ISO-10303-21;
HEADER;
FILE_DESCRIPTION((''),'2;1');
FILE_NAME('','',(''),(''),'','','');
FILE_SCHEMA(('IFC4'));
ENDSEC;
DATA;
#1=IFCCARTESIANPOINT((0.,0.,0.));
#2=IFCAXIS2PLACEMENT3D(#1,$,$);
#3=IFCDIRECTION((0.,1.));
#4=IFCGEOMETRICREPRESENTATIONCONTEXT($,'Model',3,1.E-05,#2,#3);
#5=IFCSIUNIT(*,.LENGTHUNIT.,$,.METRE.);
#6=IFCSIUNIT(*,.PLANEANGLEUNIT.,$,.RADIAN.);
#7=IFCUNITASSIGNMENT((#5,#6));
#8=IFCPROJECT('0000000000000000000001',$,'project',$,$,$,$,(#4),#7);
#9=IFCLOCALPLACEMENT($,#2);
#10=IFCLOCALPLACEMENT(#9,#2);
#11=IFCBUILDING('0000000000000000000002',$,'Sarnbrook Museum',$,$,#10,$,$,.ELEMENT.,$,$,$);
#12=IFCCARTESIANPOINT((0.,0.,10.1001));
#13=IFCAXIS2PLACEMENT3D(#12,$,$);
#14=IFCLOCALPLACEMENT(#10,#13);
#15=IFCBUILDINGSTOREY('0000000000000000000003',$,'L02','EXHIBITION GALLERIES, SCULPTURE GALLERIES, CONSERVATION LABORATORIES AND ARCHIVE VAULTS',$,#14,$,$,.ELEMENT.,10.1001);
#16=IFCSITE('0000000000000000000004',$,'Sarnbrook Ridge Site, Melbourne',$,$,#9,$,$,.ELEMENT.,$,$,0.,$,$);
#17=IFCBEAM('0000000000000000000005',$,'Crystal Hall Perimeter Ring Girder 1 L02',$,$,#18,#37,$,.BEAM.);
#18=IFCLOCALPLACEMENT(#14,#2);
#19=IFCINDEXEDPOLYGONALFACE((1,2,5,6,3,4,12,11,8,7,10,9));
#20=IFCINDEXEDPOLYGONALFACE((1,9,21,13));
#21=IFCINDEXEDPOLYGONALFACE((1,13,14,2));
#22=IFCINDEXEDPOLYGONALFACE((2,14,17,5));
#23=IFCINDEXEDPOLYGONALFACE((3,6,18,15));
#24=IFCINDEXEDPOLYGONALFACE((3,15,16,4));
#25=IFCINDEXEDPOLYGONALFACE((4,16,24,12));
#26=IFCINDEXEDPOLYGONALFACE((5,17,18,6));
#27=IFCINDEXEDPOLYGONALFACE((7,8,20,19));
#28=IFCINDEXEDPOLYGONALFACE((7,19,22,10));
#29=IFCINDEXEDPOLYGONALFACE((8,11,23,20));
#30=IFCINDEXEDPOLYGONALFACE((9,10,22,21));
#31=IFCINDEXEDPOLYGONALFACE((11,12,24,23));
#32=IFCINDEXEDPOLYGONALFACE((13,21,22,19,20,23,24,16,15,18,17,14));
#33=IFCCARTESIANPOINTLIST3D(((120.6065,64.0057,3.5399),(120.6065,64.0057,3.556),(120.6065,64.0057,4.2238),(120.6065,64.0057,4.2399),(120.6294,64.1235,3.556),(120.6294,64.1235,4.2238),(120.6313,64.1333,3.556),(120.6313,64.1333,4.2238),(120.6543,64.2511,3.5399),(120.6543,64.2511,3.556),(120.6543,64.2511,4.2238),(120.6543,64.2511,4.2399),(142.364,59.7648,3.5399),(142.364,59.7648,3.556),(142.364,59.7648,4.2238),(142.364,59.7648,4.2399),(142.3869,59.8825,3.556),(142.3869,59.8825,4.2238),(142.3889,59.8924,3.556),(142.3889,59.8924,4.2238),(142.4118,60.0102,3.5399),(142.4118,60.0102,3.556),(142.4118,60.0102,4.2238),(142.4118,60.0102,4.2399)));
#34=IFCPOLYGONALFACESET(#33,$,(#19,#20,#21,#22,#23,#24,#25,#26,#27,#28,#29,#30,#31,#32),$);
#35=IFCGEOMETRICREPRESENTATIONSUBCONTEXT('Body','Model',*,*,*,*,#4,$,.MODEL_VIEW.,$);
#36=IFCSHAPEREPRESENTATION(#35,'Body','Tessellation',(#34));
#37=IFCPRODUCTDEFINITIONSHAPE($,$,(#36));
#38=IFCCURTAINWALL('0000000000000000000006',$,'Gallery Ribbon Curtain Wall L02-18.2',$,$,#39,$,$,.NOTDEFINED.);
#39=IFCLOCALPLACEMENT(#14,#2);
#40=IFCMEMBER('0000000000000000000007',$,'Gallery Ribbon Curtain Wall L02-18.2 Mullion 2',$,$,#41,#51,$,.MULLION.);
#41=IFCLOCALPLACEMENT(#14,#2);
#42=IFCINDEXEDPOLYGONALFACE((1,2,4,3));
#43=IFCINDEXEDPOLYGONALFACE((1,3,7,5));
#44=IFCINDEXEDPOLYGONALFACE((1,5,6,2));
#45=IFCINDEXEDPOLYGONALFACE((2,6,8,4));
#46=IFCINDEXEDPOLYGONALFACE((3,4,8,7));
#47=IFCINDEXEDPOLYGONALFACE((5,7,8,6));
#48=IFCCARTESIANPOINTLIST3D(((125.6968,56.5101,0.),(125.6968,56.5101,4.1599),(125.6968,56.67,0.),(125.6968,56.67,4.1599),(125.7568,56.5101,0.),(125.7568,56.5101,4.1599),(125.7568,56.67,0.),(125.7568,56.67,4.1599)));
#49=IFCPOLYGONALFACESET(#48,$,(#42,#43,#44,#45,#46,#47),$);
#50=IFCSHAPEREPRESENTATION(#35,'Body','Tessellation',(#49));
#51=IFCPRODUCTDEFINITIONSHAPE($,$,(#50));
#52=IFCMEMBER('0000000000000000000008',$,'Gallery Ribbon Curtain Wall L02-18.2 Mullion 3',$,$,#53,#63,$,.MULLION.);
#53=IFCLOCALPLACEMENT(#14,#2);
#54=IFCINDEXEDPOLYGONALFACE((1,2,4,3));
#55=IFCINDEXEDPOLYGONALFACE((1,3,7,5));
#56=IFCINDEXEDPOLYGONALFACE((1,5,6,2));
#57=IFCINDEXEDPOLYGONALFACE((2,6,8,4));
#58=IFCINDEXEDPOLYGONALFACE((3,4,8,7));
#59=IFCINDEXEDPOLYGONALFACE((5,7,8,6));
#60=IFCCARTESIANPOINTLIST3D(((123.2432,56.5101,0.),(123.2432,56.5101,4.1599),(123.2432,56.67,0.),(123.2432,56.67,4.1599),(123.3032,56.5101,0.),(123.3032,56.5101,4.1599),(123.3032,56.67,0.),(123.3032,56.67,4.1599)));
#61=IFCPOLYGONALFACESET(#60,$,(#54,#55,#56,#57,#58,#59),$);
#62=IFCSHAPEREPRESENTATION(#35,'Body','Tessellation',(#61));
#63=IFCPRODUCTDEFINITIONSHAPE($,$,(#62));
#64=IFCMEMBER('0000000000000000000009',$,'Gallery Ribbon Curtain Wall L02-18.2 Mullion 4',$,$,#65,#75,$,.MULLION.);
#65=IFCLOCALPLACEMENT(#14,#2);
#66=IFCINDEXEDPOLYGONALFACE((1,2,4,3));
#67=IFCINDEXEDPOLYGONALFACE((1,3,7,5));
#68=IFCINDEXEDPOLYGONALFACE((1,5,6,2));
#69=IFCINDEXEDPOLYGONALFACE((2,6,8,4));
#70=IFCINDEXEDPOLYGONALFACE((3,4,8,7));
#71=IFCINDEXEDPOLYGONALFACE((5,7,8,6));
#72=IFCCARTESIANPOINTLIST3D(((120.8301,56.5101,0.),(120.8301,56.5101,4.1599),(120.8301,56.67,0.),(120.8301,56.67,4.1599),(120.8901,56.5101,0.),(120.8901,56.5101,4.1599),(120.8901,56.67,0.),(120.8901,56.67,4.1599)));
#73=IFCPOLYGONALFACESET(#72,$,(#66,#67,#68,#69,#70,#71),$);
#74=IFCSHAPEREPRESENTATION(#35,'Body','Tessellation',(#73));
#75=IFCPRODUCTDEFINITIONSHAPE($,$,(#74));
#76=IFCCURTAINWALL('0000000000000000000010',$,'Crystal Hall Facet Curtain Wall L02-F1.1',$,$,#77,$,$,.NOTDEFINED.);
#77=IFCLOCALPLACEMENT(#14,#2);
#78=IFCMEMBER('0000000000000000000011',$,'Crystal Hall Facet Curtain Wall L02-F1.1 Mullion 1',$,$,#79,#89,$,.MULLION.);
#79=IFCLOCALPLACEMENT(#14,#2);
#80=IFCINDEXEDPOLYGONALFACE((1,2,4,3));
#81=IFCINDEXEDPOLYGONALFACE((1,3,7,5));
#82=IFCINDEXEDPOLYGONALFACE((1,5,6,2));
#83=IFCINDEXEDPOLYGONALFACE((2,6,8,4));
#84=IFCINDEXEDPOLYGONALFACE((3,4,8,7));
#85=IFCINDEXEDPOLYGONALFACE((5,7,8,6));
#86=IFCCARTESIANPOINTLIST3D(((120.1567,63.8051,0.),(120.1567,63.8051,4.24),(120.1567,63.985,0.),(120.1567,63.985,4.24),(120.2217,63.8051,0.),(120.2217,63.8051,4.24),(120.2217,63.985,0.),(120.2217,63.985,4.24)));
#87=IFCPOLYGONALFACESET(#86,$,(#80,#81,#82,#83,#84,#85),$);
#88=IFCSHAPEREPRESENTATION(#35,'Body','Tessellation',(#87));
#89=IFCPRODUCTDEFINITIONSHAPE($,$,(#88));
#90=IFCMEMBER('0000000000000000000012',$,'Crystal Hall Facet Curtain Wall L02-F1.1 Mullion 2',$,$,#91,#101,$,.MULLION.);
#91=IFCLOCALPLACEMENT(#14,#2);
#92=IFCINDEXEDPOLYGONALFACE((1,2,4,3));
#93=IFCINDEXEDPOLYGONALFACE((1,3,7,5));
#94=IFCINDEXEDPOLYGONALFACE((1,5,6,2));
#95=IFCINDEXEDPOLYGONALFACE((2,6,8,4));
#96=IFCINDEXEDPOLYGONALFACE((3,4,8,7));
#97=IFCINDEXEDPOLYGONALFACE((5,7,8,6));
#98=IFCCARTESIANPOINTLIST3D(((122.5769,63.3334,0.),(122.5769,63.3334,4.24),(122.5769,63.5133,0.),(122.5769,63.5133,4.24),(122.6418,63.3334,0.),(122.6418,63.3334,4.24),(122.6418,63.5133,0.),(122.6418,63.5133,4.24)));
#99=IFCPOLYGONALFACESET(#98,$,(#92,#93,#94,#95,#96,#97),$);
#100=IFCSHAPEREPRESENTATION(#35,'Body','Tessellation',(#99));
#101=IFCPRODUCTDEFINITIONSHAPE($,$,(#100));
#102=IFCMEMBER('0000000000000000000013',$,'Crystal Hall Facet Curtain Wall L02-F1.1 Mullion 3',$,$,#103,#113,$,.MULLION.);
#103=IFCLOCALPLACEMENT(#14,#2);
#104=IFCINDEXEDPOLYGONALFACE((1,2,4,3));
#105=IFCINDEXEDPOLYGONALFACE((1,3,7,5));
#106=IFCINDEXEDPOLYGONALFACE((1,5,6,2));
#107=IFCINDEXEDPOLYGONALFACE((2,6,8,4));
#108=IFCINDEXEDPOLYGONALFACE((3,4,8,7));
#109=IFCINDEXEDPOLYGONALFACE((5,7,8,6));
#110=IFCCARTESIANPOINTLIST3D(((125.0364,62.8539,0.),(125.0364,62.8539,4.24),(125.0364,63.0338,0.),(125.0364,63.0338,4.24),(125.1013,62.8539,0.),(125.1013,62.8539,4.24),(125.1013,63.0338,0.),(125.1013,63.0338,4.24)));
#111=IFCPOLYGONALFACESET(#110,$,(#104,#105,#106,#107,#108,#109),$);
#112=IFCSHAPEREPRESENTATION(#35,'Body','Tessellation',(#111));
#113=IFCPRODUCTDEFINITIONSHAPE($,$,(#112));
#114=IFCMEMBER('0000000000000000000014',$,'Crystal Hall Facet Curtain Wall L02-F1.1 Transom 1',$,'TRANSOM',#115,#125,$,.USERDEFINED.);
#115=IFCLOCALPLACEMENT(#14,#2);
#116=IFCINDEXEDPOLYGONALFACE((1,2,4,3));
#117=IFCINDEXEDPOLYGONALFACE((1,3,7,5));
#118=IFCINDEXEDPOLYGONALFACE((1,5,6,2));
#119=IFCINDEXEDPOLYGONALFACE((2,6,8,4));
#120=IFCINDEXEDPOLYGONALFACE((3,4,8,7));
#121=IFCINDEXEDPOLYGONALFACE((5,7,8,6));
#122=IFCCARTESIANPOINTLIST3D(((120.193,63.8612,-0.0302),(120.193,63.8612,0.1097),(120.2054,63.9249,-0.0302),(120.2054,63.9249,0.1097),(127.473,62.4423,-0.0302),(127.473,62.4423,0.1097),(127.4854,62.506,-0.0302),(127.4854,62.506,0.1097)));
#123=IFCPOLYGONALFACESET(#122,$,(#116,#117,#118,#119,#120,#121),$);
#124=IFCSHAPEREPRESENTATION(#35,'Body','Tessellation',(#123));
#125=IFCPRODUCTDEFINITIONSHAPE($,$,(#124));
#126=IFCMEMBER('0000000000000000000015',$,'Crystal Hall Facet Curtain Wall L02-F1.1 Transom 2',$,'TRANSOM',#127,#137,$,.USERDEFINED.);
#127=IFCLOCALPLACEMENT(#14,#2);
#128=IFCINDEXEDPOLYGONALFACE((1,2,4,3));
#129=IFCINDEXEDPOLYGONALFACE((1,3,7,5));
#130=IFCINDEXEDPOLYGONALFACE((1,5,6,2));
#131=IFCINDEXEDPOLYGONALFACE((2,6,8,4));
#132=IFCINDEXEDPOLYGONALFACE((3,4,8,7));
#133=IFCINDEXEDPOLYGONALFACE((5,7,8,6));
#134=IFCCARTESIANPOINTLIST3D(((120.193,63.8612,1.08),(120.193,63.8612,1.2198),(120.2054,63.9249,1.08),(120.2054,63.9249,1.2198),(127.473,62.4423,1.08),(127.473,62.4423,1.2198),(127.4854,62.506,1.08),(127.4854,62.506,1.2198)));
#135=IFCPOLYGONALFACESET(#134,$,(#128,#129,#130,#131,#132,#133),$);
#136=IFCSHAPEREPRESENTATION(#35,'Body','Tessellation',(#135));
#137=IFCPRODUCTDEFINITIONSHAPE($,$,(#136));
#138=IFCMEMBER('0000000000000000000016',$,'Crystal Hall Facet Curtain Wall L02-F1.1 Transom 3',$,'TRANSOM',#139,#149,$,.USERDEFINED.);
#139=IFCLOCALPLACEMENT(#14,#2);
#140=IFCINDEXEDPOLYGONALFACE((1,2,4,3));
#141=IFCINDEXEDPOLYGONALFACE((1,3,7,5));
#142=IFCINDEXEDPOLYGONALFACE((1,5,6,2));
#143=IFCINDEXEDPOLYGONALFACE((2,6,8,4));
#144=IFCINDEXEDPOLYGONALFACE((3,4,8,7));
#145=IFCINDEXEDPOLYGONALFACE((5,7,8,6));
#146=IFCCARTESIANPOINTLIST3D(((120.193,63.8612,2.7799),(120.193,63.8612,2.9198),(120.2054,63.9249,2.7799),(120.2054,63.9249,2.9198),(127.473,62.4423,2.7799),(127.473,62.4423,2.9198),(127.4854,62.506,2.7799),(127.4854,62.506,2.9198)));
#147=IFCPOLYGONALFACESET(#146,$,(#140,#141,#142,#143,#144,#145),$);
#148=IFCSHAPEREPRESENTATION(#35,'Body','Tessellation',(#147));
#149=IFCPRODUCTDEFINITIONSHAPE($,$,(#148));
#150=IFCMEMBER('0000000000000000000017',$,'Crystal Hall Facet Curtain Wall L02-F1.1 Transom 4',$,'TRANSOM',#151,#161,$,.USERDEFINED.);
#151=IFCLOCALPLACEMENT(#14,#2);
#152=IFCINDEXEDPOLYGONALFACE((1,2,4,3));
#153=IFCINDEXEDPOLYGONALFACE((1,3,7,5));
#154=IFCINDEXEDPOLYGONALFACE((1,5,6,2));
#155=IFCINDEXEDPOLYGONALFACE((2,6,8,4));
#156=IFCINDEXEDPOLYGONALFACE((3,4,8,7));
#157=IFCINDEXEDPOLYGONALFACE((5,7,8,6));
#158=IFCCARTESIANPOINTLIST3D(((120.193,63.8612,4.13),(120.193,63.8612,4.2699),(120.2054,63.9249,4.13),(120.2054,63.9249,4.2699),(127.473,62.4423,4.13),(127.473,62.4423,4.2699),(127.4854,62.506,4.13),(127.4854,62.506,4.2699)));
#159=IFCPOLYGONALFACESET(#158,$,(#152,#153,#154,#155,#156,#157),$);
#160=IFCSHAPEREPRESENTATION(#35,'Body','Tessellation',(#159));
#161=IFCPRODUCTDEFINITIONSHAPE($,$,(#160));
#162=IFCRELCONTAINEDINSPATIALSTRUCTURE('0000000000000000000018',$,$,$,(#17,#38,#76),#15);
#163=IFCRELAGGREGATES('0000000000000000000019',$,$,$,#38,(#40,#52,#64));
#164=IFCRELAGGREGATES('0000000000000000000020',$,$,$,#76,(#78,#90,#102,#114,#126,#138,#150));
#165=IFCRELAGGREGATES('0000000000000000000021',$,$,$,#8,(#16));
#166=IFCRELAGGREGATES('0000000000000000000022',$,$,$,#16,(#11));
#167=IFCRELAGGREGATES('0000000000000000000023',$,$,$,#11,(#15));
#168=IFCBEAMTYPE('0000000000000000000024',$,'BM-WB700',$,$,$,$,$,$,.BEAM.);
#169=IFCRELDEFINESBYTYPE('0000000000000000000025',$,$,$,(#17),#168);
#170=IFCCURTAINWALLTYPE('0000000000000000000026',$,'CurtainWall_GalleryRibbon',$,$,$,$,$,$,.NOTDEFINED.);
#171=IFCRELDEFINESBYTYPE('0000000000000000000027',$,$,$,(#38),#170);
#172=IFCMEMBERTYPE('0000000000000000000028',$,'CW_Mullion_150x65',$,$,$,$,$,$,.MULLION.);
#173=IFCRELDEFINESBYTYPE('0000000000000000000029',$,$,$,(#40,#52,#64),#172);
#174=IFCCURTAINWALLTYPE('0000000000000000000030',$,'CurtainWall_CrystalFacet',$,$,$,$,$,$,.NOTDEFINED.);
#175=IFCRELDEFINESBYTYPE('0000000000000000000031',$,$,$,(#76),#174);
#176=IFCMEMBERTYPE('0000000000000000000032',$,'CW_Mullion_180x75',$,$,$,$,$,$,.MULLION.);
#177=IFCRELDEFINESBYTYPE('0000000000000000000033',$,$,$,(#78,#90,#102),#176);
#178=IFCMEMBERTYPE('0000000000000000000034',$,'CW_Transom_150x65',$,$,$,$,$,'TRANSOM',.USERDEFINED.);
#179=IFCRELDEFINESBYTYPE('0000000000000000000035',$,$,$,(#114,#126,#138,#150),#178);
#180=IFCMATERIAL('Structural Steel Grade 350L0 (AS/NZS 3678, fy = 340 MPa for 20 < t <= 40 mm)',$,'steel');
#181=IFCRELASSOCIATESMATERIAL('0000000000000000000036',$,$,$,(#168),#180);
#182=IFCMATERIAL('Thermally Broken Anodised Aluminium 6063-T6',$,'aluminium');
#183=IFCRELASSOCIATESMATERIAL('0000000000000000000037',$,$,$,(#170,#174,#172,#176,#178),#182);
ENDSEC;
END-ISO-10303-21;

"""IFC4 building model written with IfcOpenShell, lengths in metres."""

from ifc_helpers import new_model, si_unit, direction, frame, origin, origin_2d, place, context, subcontext, project, spatial, rectangle, i_section, extrude, material, material_profile, profile_set, type_object, element, aggregate, save


model = new_model("IFC4")

# Units and contexts
model_context = context("Model", 3, precision=1e-05, world=origin(), true_north=direction((0.0, 1.0)))
body_context = subcontext(model_context, "Body", "Model", "MODEL_VIEW")
ifc_project = project(units=[si_unit("LENGTHUNIT", "METRE"), si_unit("PLANEANGLEUNIT", "RADIAN")], contexts=[model_context])

# Site, building, storey
site_placement = place(None, origin())
site = spatial("IfcSite", under=ifc_project, at=site_placement, Name="Sarnbrook Ridge Site, Melbourne", CompositionType="ELEMENT", RefElevation=0.0)
building_placement = place(site_placement, origin())
building = spatial("IfcBuilding", under=site, at=building_placement, Name="Sarnbrook Museum", CompositionType="ELEMENT")
storey_placement = place(building_placement, frame((0.0, 0.0, 10.1001)))
storey = spatial("IfcBuildingStorey", under=building, at=storey_placement, Name="L02", Description="EXHIBITION GALLERIES, SCULPTURE GALLERIES, CONSERVATION LABORATORIES AND ARCHIVE VAULTS", CompositionType="ELEMENT", Elevation=10.1001)

# Shared definitions
ifc_material_1 = material(Name="Structural Steel Grade 350L0 (AS/NZS 3678, fy = 340 MPa for 20 < t <= 40 mm)", Category="steel")

# Beam
ifc_material_profile_1 = material_profile(ifc_material_1, i_section(OverallWidth=0.25, OverallDepth=0.7, WebThickness=0.01, FlangeThickness=0.0161, at=origin_2d()), Name="700WB130")
ifc_profile_set_1 = profile_set([ifc_material_profile_1], Name="Structural Steel Grade 350L0 (AS/NZS 3678, fy = 340 MPa for 20 < t <= 40 mm)")
beam_type_1 = type_object("IfcBeamType", Name="BM-WB700", PredefinedType="BEAM", material=ifc_profile_set_1)
beam_1_placement = place(storey_placement, frame((120.6304, 64.1284, 3.8899), z_axis=(0.981528, -0.191319, 0.0), x_axis=(0.191319, 0.981528, 0.0)))
element("IfcBeam", 1, at=beam_1_placement, inside=storey, type_object=beam_type_1, Name="Crystal Hall Perimeter Ring Girder 1 L02", PredefinedType="BEAM", context=body_context, shape_type="SweptSolid", body=[
    extrude(i_section(OverallWidth=0.25, OverallDepth=0.7, WebThickness=0.01, FlangeThickness=0.0161, at=origin_2d()), origin(), (0.0, 0.0, 1.0), 22.167),
])

# Curtain walls, members
ifc_material_2 = material(Name="Thermally Broken Anodised Aluminium 6063-T6", Category="aluminium")
curtain_wall_type_1 = type_object("IfcCurtainWallType", Name="CurtainWall_GalleryRibbon", PredefinedType="NOTDEFINED", material=ifc_material_2)
curtain_wall_1_placement = place(storey_placement, origin())
curtain_wall_1 = element("IfcCurtainWall", 2, at=curtain_wall_1_placement, inside=storey, type_object=curtain_wall_type_1, Name="Gallery Ribbon Curtain Wall L02-18.2", PredefinedType="NOTDEFINED")
ifc_material_profile_2 = material_profile(ifc_material_2, rectangle(XDim=0.0601, YDim=0.1599, at=origin_2d()), Name="ALU MULLION 60x160")
ifc_profile_set_2 = profile_set([ifc_material_profile_2], Name="Thermally Broken Anodised Aluminium 6063-T6")
member_type_1 = type_object("IfcMemberType", Name="CW_Mullion_150x65", PredefinedType="MULLION", material=ifc_profile_set_2)
member_1_placement = place(storey_placement, frame((125.7268, 56.5901, 0.0), z_axis=(0.0, 0.0, 1.0), x_axis=(1.0, 0.0, 0.0)))
member_1 = element("IfcMember", 3, at=member_1_placement, type_object=member_type_1, Name="Gallery Ribbon Curtain Wall L02-18.2 Mullion 2", PredefinedType="MULLION", context=body_context, shape_type="SweptSolid", body=[
    extrude(rectangle(XDim=0.0601, YDim=0.1599, at=origin_2d()), origin(), (0.0, 0.0, 1.0), 4.1599),
])
member_2_placement = place(storey_placement, frame((123.2732, 56.5901, 0.0), z_axis=(0.0, 0.0, 1.0), x_axis=(1.0, 0.0, 0.0)))
member_2 = element("IfcMember", 4, at=member_2_placement, type_object=member_type_1, Name="Gallery Ribbon Curtain Wall L02-18.2 Mullion 3", PredefinedType="MULLION", context=body_context, shape_type="SweptSolid", body=[
    extrude(rectangle(XDim=0.0601, YDim=0.1599, at=origin_2d()), origin(), (0.0, 0.0, 1.0), 4.1599),
])
member_3_placement = place(storey_placement, frame((120.8601, 56.5901, 0.0), z_axis=(0.0, 0.0, 1.0), x_axis=(1.0, 0.0, 0.0)))
member_3 = element("IfcMember", 5, at=member_3_placement, type_object=member_type_1, Name="Gallery Ribbon Curtain Wall L02-18.2 Mullion 4", PredefinedType="MULLION", context=body_context, shape_type="SweptSolid", body=[
    extrude(rectangle(XDim=0.0601, YDim=0.1599, at=origin_2d()), origin(), (0.0, 0.0, 1.0), 4.1599),
])
curtain_wall_type_2 = type_object("IfcCurtainWallType", Name="CurtainWall_CrystalFacet", PredefinedType="NOTDEFINED", material=ifc_material_2)
curtain_wall_2_placement = place(storey_placement, origin())
curtain_wall_2 = element("IfcCurtainWall", 6, at=curtain_wall_2_placement, inside=storey, type_object=curtain_wall_type_2, Name="Crystal Hall Facet Curtain Wall L02-F1.1", PredefinedType="NOTDEFINED")
ifc_material_profile_3 = material_profile(ifc_material_2, rectangle(XDim=0.0649, YDim=0.1799, at=origin_2d()), Name="ALU MULLION 65x180")
ifc_profile_set_3 = profile_set([ifc_material_profile_3], Name="Thermally Broken Anodised Aluminium 6063-T6")
member_type_2 = type_object("IfcMemberType", Name="CW_Mullion_180x75", PredefinedType="MULLION", material=ifc_profile_set_3)
member_4_placement = place(storey_placement, frame((120.1892, 63.895, 0.0), z_axis=(0.0, 0.0, 1.0), x_axis=(1.0, 0.0, 0.0)))
member_4 = element("IfcMember", 7, at=member_4_placement, type_object=member_type_2, Name="Crystal Hall Facet Curtain Wall L02-F1.1 Mullion 1", PredefinedType="MULLION", context=body_context, shape_type="SweptSolid", body=[
    extrude(rectangle(XDim=0.0649, YDim=0.1799, at=origin_2d()), origin(), (0.0, 0.0, 1.0), 4.24),
])
member_5_placement = place(storey_placement, frame((122.6094, 63.4233, 0.0), z_axis=(0.0, 0.0, 1.0), x_axis=(1.0, 0.0, 0.0)))
member_5 = element("IfcMember", 8, at=member_5_placement, type_object=member_type_2, Name="Crystal Hall Facet Curtain Wall L02-F1.1 Mullion 2", PredefinedType="MULLION", context=body_context, shape_type="SweptSolid", body=[
    extrude(rectangle(XDim=0.0649, YDim=0.1799, at=origin_2d()), origin(), (0.0, 0.0, 1.0), 4.24),
])
member_6_placement = place(storey_placement, frame((125.0688, 62.9438, 0.0), z_axis=(0.0, 0.0, 1.0), x_axis=(1.0, 0.0, 0.0)))
member_6 = element("IfcMember", 9, at=member_6_placement, type_object=member_type_2, Name="Crystal Hall Facet Curtain Wall L02-F1.1 Mullion 3", PredefinedType="MULLION", context=body_context, shape_type="SweptSolid", body=[
    extrude(rectangle(XDim=0.0649, YDim=0.1799, at=origin_2d()), origin(), (0.0, 0.0, 1.0), 4.24),
])
ifc_material_profile_4 = material_profile(ifc_material_2, rectangle(XDim=0.0649, YDim=0.1399, at=origin_2d()), Name="ALU TRANSOM 65x140")
ifc_profile_set_4 = profile_set([ifc_material_profile_4], Name="Thermally Broken Anodised Aluminium 6063-T6")
member_type_3 = type_object("IfcMemberType", Name="CW_Transom_150x65", ElementType="TRANSOM", PredefinedType="USERDEFINED", material=ifc_profile_set_4)
member_7_placement = place(storey_placement, frame((120.1992, 63.8931, 0.0398), z_axis=(0.98153, -0.191309, 0.0), x_axis=(0.191309, 0.98153, 0.0)))
member_7 = element("IfcMember", 10, at=member_7_placement, type_object=member_type_3, Name="Crystal Hall Facet Curtain Wall L02-F1.1 Transom 1", ObjectType="TRANSOM", PredefinedType="USERDEFINED", context=body_context, shape_type="SweptSolid", body=[
    extrude(rectangle(XDim=0.0649, YDim=0.1399, at=origin_2d()), origin(), (0.0, 0.0, 1.0), 7.417),
])
member_8_placement = place(storey_placement, frame((120.1992, 63.8931, 1.1499), z_axis=(0.98153, -0.191309, 0.0), x_axis=(0.191309, 0.98153, 0.0)))
member_8 = element("IfcMember", 11, at=member_8_placement, type_object=member_type_3, Name="Crystal Hall Facet Curtain Wall L02-F1.1 Transom 2", ObjectType="TRANSOM", PredefinedType="USERDEFINED", context=body_context, shape_type="SweptSolid", body=[
    extrude(rectangle(XDim=0.0649, YDim=0.1399, at=origin_2d()), origin(), (0.0, 0.0, 1.0), 7.417),
])
member_9_placement = place(storey_placement, frame((120.1992, 63.8931, 2.8499), z_axis=(0.98153, -0.191309, 0.0), x_axis=(0.191309, 0.98153, 0.0)))
member_9 = element("IfcMember", 12, at=member_9_placement, type_object=member_type_3, Name="Crystal Hall Facet Curtain Wall L02-F1.1 Transom 3", ObjectType="TRANSOM", PredefinedType="USERDEFINED", context=body_context, shape_type="SweptSolid", body=[
    extrude(rectangle(XDim=0.0649, YDim=0.1399, at=origin_2d()), origin(), (0.0, 0.0, 1.0), 7.417),
])
member_10_placement = place(storey_placement, frame((120.1992, 63.8931, 4.2), z_axis=(0.98153, -0.191309, 0.0), x_axis=(0.191309, 0.98153, 0.0)))
member_10 = element("IfcMember", 13, at=member_10_placement, type_object=member_type_3, Name="Crystal Hall Facet Curtain Wall L02-F1.1 Transom 4", ObjectType="TRANSOM", PredefinedType="USERDEFINED", context=body_context, shape_type="SweptSolid", body=[
    extrude(rectangle(XDim=0.0649, YDim=0.1399, at=origin_2d()), origin(), (0.0, 0.0, 1.0), 7.417),
])

aggregate(curtain_wall_1, [member_1, member_2, member_3])
aggregate(curtain_wall_2, [member_4, member_5, member_6, member_7, member_8, member_9, member_10])

save(model, "model.ifc")
